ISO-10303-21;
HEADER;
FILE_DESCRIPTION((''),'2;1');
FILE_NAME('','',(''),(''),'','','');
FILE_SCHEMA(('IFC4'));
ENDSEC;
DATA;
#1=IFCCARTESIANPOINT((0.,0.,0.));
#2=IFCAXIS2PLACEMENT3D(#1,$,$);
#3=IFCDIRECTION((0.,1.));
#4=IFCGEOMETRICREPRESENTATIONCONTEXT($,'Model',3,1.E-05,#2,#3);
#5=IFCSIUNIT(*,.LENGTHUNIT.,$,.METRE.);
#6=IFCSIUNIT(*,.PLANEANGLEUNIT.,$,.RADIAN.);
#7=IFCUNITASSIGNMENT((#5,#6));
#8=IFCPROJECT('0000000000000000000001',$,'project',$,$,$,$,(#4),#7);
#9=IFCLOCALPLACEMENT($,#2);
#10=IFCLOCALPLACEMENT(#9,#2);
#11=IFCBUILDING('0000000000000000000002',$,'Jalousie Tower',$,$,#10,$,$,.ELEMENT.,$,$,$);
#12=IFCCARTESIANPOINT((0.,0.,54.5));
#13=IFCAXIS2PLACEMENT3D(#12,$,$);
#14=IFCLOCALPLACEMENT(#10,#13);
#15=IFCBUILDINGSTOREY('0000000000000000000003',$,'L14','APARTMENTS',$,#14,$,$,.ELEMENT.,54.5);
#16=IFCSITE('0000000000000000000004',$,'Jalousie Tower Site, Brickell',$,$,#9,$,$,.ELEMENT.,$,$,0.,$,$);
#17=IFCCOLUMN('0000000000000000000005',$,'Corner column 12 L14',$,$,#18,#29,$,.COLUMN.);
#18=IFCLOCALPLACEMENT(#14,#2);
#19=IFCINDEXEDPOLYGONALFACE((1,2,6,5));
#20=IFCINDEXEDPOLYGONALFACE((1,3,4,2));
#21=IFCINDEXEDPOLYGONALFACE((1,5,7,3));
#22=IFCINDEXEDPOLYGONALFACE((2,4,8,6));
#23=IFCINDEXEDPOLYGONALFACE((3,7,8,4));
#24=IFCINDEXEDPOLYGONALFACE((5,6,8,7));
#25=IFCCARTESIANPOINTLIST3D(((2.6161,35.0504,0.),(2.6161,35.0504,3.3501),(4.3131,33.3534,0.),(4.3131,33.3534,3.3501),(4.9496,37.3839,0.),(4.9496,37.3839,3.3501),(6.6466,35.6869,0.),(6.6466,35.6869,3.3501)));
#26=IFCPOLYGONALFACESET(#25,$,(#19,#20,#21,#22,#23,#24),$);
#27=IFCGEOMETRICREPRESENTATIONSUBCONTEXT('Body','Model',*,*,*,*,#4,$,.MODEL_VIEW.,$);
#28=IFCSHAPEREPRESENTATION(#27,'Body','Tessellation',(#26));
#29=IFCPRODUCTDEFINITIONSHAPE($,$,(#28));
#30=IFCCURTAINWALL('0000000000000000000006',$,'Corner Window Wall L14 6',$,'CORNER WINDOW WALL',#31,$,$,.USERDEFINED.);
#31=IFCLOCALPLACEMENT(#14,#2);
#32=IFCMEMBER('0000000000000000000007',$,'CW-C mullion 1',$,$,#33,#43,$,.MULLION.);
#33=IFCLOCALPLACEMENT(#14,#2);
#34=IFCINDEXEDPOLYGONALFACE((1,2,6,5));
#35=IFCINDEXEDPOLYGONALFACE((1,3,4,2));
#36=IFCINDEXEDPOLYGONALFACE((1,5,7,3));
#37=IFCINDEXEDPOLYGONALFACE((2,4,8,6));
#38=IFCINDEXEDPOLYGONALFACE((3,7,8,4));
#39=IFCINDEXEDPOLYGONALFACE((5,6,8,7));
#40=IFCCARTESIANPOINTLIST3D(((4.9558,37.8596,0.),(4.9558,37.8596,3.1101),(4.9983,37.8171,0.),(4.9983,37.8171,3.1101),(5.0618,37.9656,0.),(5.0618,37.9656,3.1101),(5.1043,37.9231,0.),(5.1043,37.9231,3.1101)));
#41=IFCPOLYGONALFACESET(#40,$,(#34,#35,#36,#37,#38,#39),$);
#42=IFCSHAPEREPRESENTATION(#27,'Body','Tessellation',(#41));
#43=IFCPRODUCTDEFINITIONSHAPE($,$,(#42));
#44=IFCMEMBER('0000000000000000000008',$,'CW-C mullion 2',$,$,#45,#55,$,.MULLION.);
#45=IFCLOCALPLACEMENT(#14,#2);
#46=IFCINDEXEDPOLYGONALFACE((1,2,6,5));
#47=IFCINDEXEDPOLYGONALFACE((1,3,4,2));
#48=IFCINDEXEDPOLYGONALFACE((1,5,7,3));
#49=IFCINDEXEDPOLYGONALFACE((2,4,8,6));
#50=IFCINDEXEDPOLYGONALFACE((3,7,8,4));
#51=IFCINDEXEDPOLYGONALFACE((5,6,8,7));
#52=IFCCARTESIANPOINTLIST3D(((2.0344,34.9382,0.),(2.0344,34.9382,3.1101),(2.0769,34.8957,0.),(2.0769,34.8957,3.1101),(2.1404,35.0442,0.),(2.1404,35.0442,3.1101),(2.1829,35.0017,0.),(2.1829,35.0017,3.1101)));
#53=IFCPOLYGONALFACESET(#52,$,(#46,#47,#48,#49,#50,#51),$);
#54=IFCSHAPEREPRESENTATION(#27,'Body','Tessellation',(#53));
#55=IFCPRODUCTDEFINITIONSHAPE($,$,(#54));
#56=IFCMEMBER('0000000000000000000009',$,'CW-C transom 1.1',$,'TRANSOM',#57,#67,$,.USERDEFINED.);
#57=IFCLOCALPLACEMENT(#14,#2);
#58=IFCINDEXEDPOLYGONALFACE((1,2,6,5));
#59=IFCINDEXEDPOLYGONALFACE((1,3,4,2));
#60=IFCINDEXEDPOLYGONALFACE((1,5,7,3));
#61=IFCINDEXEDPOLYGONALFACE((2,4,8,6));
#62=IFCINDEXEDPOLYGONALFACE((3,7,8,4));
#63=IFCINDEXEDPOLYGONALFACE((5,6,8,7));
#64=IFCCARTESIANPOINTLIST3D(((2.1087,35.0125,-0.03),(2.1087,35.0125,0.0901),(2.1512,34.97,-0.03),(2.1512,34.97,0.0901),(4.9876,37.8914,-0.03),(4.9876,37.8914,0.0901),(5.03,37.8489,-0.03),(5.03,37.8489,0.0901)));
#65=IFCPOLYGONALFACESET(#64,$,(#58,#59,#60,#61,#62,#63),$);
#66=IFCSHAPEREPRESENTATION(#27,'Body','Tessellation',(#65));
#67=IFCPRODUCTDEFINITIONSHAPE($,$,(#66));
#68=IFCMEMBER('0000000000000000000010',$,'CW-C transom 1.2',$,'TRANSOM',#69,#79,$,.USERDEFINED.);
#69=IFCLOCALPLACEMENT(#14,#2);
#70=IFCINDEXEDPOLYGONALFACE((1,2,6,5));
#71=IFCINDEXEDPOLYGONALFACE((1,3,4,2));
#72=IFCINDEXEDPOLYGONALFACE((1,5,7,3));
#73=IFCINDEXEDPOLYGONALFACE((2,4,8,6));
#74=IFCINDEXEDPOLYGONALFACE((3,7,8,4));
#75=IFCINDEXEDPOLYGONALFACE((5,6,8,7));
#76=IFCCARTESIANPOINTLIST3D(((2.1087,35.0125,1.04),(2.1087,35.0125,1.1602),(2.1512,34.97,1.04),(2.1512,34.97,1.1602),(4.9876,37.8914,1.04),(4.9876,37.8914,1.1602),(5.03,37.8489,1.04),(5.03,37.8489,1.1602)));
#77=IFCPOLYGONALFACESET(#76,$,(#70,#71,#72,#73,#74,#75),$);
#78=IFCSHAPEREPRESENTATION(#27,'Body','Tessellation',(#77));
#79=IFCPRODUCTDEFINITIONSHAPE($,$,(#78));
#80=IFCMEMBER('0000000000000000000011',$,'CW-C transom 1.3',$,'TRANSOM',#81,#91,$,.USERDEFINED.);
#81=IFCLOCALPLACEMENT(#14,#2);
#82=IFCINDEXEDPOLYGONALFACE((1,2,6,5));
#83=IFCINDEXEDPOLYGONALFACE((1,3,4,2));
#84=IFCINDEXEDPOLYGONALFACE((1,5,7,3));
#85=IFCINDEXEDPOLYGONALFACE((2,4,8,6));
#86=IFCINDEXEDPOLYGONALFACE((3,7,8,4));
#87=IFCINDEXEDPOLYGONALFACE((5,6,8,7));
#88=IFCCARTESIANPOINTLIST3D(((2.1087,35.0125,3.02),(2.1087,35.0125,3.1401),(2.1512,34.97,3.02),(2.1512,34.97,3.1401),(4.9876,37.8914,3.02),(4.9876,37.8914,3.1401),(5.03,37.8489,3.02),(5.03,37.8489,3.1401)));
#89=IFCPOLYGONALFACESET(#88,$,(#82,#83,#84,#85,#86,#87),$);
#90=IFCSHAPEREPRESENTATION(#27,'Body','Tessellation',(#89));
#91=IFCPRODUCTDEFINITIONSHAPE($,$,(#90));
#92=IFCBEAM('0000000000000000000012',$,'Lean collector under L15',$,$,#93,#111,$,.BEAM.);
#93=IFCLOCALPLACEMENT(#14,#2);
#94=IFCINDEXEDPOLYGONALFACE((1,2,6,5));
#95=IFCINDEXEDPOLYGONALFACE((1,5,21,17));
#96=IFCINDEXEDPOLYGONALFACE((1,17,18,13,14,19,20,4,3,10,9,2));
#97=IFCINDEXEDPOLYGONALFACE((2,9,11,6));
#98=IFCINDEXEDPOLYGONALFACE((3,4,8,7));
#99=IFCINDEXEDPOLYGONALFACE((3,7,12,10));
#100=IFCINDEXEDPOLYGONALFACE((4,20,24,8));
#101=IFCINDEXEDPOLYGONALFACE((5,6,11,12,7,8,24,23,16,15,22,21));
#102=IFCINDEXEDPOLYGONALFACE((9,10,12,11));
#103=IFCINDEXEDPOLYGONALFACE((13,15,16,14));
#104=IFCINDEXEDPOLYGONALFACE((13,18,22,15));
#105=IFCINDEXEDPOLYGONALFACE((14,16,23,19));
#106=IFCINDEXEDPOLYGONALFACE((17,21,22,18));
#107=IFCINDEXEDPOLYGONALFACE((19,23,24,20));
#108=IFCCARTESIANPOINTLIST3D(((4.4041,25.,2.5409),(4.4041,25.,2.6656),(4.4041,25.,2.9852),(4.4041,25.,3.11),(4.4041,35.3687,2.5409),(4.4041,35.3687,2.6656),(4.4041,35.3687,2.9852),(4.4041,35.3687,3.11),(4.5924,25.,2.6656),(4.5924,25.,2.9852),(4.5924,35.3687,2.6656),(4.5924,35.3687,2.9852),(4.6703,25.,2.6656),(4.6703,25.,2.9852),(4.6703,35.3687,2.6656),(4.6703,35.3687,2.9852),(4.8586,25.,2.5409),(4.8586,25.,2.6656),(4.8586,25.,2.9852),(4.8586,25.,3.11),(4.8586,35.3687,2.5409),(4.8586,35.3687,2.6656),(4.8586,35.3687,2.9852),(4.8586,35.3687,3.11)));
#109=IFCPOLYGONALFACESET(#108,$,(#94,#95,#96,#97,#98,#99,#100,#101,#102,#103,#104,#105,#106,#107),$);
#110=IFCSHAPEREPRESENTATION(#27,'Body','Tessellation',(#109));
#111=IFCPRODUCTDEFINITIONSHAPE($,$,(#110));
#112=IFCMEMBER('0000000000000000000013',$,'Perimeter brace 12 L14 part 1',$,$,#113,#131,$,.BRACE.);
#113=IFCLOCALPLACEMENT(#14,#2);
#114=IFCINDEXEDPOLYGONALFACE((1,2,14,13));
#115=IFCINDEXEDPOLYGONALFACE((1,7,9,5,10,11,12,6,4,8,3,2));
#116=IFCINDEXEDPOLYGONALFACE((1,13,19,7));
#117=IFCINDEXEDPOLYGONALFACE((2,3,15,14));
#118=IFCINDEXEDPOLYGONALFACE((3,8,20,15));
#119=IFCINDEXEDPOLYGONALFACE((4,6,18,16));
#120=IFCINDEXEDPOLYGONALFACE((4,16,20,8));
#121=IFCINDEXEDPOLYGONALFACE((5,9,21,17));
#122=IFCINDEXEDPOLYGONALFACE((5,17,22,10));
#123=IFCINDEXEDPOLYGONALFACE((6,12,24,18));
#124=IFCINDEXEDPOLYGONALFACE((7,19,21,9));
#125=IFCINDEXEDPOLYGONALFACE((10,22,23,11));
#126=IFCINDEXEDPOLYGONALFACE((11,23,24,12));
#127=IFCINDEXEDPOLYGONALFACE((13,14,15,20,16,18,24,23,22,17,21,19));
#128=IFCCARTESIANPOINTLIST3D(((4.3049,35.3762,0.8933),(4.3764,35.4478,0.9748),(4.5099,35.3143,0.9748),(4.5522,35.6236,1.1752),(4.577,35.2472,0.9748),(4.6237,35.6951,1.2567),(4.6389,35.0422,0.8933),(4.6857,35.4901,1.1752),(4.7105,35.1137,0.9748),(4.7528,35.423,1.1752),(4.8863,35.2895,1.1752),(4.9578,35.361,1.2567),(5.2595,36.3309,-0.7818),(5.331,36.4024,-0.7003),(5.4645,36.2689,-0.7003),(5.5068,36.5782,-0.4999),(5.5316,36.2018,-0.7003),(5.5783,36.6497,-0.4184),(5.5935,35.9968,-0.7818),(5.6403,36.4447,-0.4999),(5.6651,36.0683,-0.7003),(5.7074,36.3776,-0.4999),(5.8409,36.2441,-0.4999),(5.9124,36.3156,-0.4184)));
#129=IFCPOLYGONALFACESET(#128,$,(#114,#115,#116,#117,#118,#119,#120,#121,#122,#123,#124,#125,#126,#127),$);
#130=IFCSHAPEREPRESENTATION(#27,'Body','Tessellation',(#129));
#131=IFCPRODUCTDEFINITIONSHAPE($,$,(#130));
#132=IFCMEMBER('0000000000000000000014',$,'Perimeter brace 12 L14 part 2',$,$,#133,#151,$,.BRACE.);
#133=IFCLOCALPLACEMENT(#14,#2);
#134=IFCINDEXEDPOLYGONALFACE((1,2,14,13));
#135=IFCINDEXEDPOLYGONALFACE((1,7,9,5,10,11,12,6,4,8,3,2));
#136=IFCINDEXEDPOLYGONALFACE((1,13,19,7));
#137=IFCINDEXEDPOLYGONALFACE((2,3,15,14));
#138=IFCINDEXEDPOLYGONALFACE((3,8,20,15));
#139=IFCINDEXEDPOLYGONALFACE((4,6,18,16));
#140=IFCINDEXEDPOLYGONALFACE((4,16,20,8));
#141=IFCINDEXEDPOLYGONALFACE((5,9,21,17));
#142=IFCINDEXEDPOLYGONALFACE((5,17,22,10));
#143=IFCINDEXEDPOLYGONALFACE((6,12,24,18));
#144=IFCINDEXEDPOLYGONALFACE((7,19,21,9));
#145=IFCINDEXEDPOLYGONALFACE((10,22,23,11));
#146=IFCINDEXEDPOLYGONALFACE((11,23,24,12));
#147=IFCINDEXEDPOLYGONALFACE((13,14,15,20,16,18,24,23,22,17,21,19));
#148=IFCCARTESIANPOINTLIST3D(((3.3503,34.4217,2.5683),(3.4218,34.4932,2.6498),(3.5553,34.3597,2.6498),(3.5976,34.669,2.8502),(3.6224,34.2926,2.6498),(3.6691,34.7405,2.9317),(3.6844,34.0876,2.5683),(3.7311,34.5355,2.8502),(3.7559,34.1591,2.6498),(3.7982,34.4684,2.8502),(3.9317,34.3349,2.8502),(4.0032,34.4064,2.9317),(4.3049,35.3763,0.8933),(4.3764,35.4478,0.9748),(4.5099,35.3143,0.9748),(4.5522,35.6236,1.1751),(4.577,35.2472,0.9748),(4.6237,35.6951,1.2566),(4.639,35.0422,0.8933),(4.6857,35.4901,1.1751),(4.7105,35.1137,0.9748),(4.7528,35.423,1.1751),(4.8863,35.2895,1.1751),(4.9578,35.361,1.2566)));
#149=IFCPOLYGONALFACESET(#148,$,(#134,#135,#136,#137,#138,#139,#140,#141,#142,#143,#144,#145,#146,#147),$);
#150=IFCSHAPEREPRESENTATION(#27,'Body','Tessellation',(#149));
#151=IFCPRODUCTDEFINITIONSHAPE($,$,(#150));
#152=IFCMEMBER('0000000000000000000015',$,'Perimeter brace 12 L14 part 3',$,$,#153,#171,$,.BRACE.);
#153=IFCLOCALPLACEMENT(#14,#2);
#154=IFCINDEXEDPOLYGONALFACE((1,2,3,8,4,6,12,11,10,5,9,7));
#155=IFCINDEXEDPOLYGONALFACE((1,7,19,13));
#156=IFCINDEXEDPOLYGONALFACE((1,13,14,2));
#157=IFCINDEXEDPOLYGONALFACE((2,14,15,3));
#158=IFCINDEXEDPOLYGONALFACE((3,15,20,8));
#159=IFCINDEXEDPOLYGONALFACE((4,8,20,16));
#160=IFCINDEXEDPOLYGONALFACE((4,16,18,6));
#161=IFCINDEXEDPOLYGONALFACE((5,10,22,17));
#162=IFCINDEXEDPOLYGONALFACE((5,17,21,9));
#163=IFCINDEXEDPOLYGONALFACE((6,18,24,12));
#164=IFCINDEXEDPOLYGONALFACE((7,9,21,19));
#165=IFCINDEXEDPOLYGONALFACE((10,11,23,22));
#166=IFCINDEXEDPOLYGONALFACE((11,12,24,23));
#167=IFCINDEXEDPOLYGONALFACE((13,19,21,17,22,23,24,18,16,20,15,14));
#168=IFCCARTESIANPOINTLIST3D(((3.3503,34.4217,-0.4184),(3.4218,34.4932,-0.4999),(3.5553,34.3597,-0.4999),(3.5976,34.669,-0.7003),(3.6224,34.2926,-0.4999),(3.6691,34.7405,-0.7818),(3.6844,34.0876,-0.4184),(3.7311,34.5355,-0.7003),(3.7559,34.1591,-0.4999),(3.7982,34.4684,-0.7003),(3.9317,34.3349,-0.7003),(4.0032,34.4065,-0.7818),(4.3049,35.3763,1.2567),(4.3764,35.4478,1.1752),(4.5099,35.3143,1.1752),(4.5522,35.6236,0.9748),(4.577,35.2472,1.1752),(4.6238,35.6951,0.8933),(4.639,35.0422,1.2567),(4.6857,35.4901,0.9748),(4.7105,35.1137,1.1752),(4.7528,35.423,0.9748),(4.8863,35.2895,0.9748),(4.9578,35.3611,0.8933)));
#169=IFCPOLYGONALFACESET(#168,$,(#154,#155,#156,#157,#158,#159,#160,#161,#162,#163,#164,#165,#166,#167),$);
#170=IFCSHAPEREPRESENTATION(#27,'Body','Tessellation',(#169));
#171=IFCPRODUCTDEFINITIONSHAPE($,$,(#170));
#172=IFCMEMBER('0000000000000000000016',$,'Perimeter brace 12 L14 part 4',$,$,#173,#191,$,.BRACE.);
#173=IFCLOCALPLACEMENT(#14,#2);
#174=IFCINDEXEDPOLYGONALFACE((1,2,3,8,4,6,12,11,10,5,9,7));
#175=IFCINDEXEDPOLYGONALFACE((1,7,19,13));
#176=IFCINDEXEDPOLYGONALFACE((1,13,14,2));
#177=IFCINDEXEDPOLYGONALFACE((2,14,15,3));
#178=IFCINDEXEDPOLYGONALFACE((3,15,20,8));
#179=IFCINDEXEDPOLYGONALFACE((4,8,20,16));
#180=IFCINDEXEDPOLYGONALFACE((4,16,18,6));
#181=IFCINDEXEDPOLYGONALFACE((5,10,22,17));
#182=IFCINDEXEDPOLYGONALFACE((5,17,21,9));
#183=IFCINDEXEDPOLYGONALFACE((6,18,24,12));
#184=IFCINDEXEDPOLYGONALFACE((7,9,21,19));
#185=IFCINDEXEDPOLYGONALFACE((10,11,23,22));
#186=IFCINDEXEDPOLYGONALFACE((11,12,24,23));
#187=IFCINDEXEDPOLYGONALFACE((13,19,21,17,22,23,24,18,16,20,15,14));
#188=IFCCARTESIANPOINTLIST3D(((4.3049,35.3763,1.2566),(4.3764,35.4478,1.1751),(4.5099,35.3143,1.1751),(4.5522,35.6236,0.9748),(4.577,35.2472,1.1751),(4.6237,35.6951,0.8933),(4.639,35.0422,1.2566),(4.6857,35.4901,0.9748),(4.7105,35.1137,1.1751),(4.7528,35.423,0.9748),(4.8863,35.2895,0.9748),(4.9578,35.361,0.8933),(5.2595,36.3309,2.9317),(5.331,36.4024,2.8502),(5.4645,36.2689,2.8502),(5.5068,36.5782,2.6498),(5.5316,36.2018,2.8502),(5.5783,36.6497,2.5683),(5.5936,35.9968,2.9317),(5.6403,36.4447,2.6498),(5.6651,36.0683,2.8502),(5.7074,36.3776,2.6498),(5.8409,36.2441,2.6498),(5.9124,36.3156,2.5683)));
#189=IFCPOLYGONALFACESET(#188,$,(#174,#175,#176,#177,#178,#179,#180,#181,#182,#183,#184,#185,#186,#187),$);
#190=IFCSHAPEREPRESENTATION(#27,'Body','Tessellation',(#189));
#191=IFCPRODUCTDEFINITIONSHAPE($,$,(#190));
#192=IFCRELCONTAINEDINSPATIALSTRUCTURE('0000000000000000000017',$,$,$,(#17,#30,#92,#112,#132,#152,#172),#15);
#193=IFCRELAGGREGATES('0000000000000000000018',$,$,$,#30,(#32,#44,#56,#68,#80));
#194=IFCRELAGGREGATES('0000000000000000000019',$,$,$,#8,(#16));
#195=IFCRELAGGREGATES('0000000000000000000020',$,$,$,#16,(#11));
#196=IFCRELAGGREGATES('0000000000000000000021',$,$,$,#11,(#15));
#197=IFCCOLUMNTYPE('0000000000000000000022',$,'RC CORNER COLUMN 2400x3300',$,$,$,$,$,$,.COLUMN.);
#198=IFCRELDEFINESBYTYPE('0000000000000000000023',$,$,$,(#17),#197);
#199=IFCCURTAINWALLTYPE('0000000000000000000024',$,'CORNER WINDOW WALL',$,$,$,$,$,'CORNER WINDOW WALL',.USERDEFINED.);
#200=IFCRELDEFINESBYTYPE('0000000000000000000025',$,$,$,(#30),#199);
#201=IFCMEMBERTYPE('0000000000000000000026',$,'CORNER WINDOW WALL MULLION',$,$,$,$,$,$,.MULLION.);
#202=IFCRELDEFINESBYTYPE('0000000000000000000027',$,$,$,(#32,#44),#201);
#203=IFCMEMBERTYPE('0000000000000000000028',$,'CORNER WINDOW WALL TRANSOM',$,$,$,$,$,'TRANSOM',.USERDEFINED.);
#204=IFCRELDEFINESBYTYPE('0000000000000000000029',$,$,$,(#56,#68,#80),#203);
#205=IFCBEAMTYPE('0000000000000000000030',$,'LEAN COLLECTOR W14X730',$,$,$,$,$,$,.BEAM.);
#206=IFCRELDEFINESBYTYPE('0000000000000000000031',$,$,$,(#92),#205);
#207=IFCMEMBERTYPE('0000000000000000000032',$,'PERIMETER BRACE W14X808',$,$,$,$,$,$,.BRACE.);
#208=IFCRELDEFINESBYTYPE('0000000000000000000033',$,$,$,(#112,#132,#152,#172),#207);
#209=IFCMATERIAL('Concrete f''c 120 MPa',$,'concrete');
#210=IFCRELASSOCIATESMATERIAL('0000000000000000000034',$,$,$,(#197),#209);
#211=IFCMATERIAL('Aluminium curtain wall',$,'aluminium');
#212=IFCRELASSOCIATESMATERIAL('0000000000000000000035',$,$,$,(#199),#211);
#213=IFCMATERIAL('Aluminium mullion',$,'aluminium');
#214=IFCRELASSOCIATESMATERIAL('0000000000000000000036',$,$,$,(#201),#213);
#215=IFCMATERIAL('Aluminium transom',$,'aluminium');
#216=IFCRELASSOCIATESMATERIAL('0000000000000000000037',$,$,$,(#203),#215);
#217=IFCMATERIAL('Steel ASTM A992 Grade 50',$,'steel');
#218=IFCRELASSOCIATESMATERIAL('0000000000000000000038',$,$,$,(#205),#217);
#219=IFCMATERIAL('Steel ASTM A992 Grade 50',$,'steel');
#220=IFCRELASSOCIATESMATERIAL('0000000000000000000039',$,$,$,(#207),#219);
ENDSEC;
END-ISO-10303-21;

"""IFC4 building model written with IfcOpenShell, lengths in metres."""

from ifc_helpers import new_model, si_unit, direction, frame, origin, origin_2d, place, context, subcontext, project, spatial, rectangle, i_section, extrude, material, material_profile, profile_set, type_object, element, aggregate, save


model = new_model("IFC4")

# Units and contexts
model_context = context("Model", 3, precision=1e-05, world=origin(), true_north=direction((0.0, 1.0)))
body_context = subcontext(model_context, "Body", "Model", "MODEL_VIEW")
ifc_project = project(units=[si_unit("LENGTHUNIT", "METRE"), si_unit("PLANEANGLEUNIT", "RADIAN")], contexts=[model_context])

# Site, building, storey
site_placement = place(None, origin())
site = spatial("IfcSite", under=ifc_project, at=site_placement, Name="Jalousie Tower Site, Brickell", CompositionType="ELEMENT", RefElevation=0.0)
building_placement = place(site_placement, origin())
building = spatial("IfcBuilding", under=site, at=building_placement, Name="Jalousie Tower", CompositionType="ELEMENT")
storey_placement = place(building_placement, frame((0.0, 0.0, 54.5)))
storey = spatial("IfcBuildingStorey", under=building, at=storey_placement, Name="L14", Description="APARTMENTS", CompositionType="ELEMENT", Elevation=54.5)

# Column
ifc_material_1 = material(Name="Concrete f'c 120 MPa", Category="concrete")
ifc_material_profile_1 = material_profile(ifc_material_1, rectangle(XDim=2.3999, YDim=3.3, at=origin_2d()), Name="RC 2400x3300")
ifc_profile_set_1 = profile_set([ifc_material_profile_1], Name="Concrete f'c 120 MPa")
column_type = type_object("IfcColumnType", Name="RC CORNER COLUMN 2400x3300", PredefinedType="COLUMN", material=ifc_profile_set_1)
column_placement = place(storey_placement, frame((4.6313, 35.3687, 0.0), z_axis=(0.0, 0.0, 1.0), x_axis=(0.707107, -0.707107, 0.0)))
element("IfcColumn", 1, at=column_placement, inside=storey, type_object=column_type, Name="Corner column 12 L14", PredefinedType="COLUMN", context=body_context, shape_type="SweptSolid", body=[
    extrude(rectangle(XDim=2.3999, YDim=3.3, at=origin_2d()), origin(), (0.0, 0.0, 1.0), 3.3501),
])

# Curtain wall, members
ifc_material_2 = material(Name="Aluminium curtain wall", Category="aluminium")
curtain_wall_type_1 = type_object("IfcCurtainWallType", Name="CORNER WINDOW WALL", ElementType="CORNER WINDOW WALL", PredefinedType="USERDEFINED", material=ifc_material_2)
curtain_wall_1_placement = place(storey_placement, origin())
curtain_wall_1 = element("IfcCurtainWall", 2, at=curtain_wall_1_placement, inside=storey, type_object=curtain_wall_type_1, Name="Corner Window Wall L14 6", ObjectType="CORNER WINDOW WALL", PredefinedType="USERDEFINED")
ifc_material_3 = material(Name="Aluminium mullion", Category="aluminium")
ifc_material_profile_2 = material_profile(ifc_material_3, rectangle(XDim=0.0601, YDim=0.1499, at=origin_2d()), Name="MULLION 60x150")
ifc_profile_set_2 = profile_set([ifc_material_profile_2], Name="Aluminium mullion")
member_type_1 = type_object("IfcMemberType", Name="CORNER WINDOW WALL MULLION", PredefinedType="MULLION", material=ifc_profile_set_2)
member_1_placement = place(storey_placement, frame((5.03, 37.8914, 0.0), z_axis=(0.0, 0.0, 1.0), x_axis=(0.707107, -0.707107, 0.0)))
member_1 = element("IfcMember", 3, at=member_1_placement, type_object=member_type_1, Name="CW-C mullion 1", PredefinedType="MULLION", context=body_context, shape_type="SweptSolid", body=[
    extrude(rectangle(XDim=0.0601, YDim=0.1499, at=origin_2d()), origin(), (0.0, 0.0, 1.0), 3.1101),
])
member_2_placement = place(storey_placement, frame((2.1086, 34.97, 0.0), z_axis=(0.0, 0.0, 1.0), x_axis=(0.707107, -0.707107, 0.0)))
member_2 = element("IfcMember", 4, at=member_2_placement, type_object=member_type_1, Name="CW-C mullion 2", PredefinedType="MULLION", context=body_context, shape_type="SweptSolid", body=[
    extrude(rectangle(XDim=0.0601, YDim=0.1499, at=origin_2d()), origin(), (0.0, 0.0, 1.0), 3.1101),
])
ifc_material_4 = material(Name="Aluminium transom", Category="aluminium")
ifc_material_profile_3 = material_profile(ifc_material_4, rectangle(XDim=0.0601, YDim=0.1201, at=origin_2d()), Name="TRANSOM 60x120")
ifc_profile_set_3 = profile_set([ifc_material_profile_3], Name="Aluminium transom")
member_type_2 = type_object("IfcMemberType", Name="CORNER WINDOW WALL TRANSOM", ElementType="TRANSOM", PredefinedType="USERDEFINED", material=ifc_profile_set_3)
member_3_placement = place(storey_placement, frame((5.0088, 37.8701, 0.03), z_axis=(-0.707107, -0.707107, 0.0), x_axis=(0.707107, -0.707107, 0.0)))
member_3 = element("IfcMember", 5, at=member_3_placement, type_object=member_type_2, Name="CW-C transom 1.1", ObjectType="TRANSOM", PredefinedType="USERDEFINED", context=body_context, shape_type="SweptSolid", body=[
    extrude(rectangle(XDim=0.0601, YDim=0.1201, at=origin_2d()), origin(), (0.0, 0.0, 1.0), 4.0713),
])
member_4_placement = place(storey_placement, frame((5.0088, 37.8701, 1.1001), z_axis=(-0.707107, -0.707107, 0.0), x_axis=(0.707107, -0.707107, 0.0)))
member_4 = element("IfcMember", 6, at=member_4_placement, type_object=member_type_2, Name="CW-C transom 1.2", ObjectType="TRANSOM", PredefinedType="USERDEFINED", context=body_context, shape_type="SweptSolid", body=[
    extrude(rectangle(XDim=0.0601, YDim=0.1201, at=origin_2d()), origin(), (0.0, 0.0, 1.0), 4.0713),
])
member_5_placement = place(storey_placement, frame((5.0088, 37.8701, 3.0801), z_axis=(-0.707107, -0.707107, 0.0), x_axis=(0.707107, -0.707107, 0.0)))
member_5 = element("IfcMember", 7, at=member_5_placement, type_object=member_type_2, Name="CW-C transom 1.3", ObjectType="TRANSOM", PredefinedType="USERDEFINED", context=body_context, shape_type="SweptSolid", body=[
    extrude(rectangle(XDim=0.0601, YDim=0.1201, at=origin_2d()), origin(), (0.0, 0.0, 1.0), 4.0713),
])

# Beam
ifc_material_5 = material(Name="Steel ASTM A992 Grade 50", Category="steel")
ifc_material_profile_4 = material_profile(ifc_material_5, i_section(OverallWidth=0.4546, OverallDepth=0.5691, WebThickness=0.0779, FlangeThickness=0.1248, at=origin_2d()), Name="W14X730")
ifc_profile_set_4 = profile_set([ifc_material_profile_4], Name="Steel ASTM A992 Grade 50")
beam_type_1 = type_object("IfcBeamType", Name="LEAN COLLECTOR W14X730", PredefinedType="BEAM", material=ifc_profile_set_4)
beam_1_placement = place(storey_placement, frame((4.6313, 35.3687, 2.8254), z_axis=(0.0, -1.0, 0.0), x_axis=(1.0, 0.0, 0.0)))
element("IfcBeam", 8, at=beam_1_placement, inside=storey, type_object=beam_type_1, Name="Lean collector under L15", PredefinedType="BEAM", context=body_context, shape_type="SweptSolid", body=[
    extrude(i_section(OverallWidth=0.4546, OverallDepth=0.5691, WebThickness=0.0779, FlangeThickness=0.1248, at=origin_2d()), origin(), (0.0, 0.0, 1.0), 10.3687),
])

# Members
ifc_material_6 = material(Name="Steel ASTM A992 Grade 50", Category="steel")
ifc_material_profile_5 = material_profile(ifc_material_6, i_section(OverallWidth=0.4724, OverallDepth=0.5791, WebThickness=0.095, FlangeThickness=0.1299, at=origin_2d()), Name="W14X808")
ifc_profile_set_5 = profile_set([ifc_material_profile_5], Name="Steel ASTM A992 Grade 50")
member_type_3 = type_object("IfcMemberType", Name="PERIMETER BRACE W14X808", PredefinedType="BRACE", material=ifc_profile_set_5)
for number, where, z_axis, x_axis, name in (
    (9, (5.5859, 36.3232, -0.6001), (-0.443718, -0.443718, 0.778607), (0.707107, -0.707107, 0.0), "Perimeter brace 12 L14 part 1"),
    (10, (4.6313, 35.3687, 1.075), (-0.443718, -0.443718, 0.778607), (0.707107, -0.707107, 0.0), "Perimeter brace 12 L14 part 2"),
    (11, (3.6768, 34.4141, -0.6001), (0.443718, 0.443718, 0.778607), (-0.707107, 0.707107, 0.0), "Perimeter brace 12 L14 part 3"),
    (12, (4.6313, 35.3687, 1.075), (0.443718, 0.443718, 0.778607), (-0.707107, 0.707107, 0.0), "Perimeter brace 12 L14 part 4"),
):
    element("IfcMember", number, at=place(storey_placement, frame(where, z_axis=z_axis, x_axis=x_axis)), inside=storey, type_object=member_type_3, Name=name, PredefinedType="BRACE", context=body_context, shape_type="SweptSolid", body=[
        extrude(i_section(OverallWidth=0.4724, OverallDepth=0.5791, WebThickness=0.095, FlangeThickness=0.1299, at=origin_2d()), origin(), (0.0, 0.0, 1.0), 2.1514),
    ])

aggregate(curtain_wall_1, [member_1, member_2, member_3, member_4, member_5])

save(model, "model.ifc")
